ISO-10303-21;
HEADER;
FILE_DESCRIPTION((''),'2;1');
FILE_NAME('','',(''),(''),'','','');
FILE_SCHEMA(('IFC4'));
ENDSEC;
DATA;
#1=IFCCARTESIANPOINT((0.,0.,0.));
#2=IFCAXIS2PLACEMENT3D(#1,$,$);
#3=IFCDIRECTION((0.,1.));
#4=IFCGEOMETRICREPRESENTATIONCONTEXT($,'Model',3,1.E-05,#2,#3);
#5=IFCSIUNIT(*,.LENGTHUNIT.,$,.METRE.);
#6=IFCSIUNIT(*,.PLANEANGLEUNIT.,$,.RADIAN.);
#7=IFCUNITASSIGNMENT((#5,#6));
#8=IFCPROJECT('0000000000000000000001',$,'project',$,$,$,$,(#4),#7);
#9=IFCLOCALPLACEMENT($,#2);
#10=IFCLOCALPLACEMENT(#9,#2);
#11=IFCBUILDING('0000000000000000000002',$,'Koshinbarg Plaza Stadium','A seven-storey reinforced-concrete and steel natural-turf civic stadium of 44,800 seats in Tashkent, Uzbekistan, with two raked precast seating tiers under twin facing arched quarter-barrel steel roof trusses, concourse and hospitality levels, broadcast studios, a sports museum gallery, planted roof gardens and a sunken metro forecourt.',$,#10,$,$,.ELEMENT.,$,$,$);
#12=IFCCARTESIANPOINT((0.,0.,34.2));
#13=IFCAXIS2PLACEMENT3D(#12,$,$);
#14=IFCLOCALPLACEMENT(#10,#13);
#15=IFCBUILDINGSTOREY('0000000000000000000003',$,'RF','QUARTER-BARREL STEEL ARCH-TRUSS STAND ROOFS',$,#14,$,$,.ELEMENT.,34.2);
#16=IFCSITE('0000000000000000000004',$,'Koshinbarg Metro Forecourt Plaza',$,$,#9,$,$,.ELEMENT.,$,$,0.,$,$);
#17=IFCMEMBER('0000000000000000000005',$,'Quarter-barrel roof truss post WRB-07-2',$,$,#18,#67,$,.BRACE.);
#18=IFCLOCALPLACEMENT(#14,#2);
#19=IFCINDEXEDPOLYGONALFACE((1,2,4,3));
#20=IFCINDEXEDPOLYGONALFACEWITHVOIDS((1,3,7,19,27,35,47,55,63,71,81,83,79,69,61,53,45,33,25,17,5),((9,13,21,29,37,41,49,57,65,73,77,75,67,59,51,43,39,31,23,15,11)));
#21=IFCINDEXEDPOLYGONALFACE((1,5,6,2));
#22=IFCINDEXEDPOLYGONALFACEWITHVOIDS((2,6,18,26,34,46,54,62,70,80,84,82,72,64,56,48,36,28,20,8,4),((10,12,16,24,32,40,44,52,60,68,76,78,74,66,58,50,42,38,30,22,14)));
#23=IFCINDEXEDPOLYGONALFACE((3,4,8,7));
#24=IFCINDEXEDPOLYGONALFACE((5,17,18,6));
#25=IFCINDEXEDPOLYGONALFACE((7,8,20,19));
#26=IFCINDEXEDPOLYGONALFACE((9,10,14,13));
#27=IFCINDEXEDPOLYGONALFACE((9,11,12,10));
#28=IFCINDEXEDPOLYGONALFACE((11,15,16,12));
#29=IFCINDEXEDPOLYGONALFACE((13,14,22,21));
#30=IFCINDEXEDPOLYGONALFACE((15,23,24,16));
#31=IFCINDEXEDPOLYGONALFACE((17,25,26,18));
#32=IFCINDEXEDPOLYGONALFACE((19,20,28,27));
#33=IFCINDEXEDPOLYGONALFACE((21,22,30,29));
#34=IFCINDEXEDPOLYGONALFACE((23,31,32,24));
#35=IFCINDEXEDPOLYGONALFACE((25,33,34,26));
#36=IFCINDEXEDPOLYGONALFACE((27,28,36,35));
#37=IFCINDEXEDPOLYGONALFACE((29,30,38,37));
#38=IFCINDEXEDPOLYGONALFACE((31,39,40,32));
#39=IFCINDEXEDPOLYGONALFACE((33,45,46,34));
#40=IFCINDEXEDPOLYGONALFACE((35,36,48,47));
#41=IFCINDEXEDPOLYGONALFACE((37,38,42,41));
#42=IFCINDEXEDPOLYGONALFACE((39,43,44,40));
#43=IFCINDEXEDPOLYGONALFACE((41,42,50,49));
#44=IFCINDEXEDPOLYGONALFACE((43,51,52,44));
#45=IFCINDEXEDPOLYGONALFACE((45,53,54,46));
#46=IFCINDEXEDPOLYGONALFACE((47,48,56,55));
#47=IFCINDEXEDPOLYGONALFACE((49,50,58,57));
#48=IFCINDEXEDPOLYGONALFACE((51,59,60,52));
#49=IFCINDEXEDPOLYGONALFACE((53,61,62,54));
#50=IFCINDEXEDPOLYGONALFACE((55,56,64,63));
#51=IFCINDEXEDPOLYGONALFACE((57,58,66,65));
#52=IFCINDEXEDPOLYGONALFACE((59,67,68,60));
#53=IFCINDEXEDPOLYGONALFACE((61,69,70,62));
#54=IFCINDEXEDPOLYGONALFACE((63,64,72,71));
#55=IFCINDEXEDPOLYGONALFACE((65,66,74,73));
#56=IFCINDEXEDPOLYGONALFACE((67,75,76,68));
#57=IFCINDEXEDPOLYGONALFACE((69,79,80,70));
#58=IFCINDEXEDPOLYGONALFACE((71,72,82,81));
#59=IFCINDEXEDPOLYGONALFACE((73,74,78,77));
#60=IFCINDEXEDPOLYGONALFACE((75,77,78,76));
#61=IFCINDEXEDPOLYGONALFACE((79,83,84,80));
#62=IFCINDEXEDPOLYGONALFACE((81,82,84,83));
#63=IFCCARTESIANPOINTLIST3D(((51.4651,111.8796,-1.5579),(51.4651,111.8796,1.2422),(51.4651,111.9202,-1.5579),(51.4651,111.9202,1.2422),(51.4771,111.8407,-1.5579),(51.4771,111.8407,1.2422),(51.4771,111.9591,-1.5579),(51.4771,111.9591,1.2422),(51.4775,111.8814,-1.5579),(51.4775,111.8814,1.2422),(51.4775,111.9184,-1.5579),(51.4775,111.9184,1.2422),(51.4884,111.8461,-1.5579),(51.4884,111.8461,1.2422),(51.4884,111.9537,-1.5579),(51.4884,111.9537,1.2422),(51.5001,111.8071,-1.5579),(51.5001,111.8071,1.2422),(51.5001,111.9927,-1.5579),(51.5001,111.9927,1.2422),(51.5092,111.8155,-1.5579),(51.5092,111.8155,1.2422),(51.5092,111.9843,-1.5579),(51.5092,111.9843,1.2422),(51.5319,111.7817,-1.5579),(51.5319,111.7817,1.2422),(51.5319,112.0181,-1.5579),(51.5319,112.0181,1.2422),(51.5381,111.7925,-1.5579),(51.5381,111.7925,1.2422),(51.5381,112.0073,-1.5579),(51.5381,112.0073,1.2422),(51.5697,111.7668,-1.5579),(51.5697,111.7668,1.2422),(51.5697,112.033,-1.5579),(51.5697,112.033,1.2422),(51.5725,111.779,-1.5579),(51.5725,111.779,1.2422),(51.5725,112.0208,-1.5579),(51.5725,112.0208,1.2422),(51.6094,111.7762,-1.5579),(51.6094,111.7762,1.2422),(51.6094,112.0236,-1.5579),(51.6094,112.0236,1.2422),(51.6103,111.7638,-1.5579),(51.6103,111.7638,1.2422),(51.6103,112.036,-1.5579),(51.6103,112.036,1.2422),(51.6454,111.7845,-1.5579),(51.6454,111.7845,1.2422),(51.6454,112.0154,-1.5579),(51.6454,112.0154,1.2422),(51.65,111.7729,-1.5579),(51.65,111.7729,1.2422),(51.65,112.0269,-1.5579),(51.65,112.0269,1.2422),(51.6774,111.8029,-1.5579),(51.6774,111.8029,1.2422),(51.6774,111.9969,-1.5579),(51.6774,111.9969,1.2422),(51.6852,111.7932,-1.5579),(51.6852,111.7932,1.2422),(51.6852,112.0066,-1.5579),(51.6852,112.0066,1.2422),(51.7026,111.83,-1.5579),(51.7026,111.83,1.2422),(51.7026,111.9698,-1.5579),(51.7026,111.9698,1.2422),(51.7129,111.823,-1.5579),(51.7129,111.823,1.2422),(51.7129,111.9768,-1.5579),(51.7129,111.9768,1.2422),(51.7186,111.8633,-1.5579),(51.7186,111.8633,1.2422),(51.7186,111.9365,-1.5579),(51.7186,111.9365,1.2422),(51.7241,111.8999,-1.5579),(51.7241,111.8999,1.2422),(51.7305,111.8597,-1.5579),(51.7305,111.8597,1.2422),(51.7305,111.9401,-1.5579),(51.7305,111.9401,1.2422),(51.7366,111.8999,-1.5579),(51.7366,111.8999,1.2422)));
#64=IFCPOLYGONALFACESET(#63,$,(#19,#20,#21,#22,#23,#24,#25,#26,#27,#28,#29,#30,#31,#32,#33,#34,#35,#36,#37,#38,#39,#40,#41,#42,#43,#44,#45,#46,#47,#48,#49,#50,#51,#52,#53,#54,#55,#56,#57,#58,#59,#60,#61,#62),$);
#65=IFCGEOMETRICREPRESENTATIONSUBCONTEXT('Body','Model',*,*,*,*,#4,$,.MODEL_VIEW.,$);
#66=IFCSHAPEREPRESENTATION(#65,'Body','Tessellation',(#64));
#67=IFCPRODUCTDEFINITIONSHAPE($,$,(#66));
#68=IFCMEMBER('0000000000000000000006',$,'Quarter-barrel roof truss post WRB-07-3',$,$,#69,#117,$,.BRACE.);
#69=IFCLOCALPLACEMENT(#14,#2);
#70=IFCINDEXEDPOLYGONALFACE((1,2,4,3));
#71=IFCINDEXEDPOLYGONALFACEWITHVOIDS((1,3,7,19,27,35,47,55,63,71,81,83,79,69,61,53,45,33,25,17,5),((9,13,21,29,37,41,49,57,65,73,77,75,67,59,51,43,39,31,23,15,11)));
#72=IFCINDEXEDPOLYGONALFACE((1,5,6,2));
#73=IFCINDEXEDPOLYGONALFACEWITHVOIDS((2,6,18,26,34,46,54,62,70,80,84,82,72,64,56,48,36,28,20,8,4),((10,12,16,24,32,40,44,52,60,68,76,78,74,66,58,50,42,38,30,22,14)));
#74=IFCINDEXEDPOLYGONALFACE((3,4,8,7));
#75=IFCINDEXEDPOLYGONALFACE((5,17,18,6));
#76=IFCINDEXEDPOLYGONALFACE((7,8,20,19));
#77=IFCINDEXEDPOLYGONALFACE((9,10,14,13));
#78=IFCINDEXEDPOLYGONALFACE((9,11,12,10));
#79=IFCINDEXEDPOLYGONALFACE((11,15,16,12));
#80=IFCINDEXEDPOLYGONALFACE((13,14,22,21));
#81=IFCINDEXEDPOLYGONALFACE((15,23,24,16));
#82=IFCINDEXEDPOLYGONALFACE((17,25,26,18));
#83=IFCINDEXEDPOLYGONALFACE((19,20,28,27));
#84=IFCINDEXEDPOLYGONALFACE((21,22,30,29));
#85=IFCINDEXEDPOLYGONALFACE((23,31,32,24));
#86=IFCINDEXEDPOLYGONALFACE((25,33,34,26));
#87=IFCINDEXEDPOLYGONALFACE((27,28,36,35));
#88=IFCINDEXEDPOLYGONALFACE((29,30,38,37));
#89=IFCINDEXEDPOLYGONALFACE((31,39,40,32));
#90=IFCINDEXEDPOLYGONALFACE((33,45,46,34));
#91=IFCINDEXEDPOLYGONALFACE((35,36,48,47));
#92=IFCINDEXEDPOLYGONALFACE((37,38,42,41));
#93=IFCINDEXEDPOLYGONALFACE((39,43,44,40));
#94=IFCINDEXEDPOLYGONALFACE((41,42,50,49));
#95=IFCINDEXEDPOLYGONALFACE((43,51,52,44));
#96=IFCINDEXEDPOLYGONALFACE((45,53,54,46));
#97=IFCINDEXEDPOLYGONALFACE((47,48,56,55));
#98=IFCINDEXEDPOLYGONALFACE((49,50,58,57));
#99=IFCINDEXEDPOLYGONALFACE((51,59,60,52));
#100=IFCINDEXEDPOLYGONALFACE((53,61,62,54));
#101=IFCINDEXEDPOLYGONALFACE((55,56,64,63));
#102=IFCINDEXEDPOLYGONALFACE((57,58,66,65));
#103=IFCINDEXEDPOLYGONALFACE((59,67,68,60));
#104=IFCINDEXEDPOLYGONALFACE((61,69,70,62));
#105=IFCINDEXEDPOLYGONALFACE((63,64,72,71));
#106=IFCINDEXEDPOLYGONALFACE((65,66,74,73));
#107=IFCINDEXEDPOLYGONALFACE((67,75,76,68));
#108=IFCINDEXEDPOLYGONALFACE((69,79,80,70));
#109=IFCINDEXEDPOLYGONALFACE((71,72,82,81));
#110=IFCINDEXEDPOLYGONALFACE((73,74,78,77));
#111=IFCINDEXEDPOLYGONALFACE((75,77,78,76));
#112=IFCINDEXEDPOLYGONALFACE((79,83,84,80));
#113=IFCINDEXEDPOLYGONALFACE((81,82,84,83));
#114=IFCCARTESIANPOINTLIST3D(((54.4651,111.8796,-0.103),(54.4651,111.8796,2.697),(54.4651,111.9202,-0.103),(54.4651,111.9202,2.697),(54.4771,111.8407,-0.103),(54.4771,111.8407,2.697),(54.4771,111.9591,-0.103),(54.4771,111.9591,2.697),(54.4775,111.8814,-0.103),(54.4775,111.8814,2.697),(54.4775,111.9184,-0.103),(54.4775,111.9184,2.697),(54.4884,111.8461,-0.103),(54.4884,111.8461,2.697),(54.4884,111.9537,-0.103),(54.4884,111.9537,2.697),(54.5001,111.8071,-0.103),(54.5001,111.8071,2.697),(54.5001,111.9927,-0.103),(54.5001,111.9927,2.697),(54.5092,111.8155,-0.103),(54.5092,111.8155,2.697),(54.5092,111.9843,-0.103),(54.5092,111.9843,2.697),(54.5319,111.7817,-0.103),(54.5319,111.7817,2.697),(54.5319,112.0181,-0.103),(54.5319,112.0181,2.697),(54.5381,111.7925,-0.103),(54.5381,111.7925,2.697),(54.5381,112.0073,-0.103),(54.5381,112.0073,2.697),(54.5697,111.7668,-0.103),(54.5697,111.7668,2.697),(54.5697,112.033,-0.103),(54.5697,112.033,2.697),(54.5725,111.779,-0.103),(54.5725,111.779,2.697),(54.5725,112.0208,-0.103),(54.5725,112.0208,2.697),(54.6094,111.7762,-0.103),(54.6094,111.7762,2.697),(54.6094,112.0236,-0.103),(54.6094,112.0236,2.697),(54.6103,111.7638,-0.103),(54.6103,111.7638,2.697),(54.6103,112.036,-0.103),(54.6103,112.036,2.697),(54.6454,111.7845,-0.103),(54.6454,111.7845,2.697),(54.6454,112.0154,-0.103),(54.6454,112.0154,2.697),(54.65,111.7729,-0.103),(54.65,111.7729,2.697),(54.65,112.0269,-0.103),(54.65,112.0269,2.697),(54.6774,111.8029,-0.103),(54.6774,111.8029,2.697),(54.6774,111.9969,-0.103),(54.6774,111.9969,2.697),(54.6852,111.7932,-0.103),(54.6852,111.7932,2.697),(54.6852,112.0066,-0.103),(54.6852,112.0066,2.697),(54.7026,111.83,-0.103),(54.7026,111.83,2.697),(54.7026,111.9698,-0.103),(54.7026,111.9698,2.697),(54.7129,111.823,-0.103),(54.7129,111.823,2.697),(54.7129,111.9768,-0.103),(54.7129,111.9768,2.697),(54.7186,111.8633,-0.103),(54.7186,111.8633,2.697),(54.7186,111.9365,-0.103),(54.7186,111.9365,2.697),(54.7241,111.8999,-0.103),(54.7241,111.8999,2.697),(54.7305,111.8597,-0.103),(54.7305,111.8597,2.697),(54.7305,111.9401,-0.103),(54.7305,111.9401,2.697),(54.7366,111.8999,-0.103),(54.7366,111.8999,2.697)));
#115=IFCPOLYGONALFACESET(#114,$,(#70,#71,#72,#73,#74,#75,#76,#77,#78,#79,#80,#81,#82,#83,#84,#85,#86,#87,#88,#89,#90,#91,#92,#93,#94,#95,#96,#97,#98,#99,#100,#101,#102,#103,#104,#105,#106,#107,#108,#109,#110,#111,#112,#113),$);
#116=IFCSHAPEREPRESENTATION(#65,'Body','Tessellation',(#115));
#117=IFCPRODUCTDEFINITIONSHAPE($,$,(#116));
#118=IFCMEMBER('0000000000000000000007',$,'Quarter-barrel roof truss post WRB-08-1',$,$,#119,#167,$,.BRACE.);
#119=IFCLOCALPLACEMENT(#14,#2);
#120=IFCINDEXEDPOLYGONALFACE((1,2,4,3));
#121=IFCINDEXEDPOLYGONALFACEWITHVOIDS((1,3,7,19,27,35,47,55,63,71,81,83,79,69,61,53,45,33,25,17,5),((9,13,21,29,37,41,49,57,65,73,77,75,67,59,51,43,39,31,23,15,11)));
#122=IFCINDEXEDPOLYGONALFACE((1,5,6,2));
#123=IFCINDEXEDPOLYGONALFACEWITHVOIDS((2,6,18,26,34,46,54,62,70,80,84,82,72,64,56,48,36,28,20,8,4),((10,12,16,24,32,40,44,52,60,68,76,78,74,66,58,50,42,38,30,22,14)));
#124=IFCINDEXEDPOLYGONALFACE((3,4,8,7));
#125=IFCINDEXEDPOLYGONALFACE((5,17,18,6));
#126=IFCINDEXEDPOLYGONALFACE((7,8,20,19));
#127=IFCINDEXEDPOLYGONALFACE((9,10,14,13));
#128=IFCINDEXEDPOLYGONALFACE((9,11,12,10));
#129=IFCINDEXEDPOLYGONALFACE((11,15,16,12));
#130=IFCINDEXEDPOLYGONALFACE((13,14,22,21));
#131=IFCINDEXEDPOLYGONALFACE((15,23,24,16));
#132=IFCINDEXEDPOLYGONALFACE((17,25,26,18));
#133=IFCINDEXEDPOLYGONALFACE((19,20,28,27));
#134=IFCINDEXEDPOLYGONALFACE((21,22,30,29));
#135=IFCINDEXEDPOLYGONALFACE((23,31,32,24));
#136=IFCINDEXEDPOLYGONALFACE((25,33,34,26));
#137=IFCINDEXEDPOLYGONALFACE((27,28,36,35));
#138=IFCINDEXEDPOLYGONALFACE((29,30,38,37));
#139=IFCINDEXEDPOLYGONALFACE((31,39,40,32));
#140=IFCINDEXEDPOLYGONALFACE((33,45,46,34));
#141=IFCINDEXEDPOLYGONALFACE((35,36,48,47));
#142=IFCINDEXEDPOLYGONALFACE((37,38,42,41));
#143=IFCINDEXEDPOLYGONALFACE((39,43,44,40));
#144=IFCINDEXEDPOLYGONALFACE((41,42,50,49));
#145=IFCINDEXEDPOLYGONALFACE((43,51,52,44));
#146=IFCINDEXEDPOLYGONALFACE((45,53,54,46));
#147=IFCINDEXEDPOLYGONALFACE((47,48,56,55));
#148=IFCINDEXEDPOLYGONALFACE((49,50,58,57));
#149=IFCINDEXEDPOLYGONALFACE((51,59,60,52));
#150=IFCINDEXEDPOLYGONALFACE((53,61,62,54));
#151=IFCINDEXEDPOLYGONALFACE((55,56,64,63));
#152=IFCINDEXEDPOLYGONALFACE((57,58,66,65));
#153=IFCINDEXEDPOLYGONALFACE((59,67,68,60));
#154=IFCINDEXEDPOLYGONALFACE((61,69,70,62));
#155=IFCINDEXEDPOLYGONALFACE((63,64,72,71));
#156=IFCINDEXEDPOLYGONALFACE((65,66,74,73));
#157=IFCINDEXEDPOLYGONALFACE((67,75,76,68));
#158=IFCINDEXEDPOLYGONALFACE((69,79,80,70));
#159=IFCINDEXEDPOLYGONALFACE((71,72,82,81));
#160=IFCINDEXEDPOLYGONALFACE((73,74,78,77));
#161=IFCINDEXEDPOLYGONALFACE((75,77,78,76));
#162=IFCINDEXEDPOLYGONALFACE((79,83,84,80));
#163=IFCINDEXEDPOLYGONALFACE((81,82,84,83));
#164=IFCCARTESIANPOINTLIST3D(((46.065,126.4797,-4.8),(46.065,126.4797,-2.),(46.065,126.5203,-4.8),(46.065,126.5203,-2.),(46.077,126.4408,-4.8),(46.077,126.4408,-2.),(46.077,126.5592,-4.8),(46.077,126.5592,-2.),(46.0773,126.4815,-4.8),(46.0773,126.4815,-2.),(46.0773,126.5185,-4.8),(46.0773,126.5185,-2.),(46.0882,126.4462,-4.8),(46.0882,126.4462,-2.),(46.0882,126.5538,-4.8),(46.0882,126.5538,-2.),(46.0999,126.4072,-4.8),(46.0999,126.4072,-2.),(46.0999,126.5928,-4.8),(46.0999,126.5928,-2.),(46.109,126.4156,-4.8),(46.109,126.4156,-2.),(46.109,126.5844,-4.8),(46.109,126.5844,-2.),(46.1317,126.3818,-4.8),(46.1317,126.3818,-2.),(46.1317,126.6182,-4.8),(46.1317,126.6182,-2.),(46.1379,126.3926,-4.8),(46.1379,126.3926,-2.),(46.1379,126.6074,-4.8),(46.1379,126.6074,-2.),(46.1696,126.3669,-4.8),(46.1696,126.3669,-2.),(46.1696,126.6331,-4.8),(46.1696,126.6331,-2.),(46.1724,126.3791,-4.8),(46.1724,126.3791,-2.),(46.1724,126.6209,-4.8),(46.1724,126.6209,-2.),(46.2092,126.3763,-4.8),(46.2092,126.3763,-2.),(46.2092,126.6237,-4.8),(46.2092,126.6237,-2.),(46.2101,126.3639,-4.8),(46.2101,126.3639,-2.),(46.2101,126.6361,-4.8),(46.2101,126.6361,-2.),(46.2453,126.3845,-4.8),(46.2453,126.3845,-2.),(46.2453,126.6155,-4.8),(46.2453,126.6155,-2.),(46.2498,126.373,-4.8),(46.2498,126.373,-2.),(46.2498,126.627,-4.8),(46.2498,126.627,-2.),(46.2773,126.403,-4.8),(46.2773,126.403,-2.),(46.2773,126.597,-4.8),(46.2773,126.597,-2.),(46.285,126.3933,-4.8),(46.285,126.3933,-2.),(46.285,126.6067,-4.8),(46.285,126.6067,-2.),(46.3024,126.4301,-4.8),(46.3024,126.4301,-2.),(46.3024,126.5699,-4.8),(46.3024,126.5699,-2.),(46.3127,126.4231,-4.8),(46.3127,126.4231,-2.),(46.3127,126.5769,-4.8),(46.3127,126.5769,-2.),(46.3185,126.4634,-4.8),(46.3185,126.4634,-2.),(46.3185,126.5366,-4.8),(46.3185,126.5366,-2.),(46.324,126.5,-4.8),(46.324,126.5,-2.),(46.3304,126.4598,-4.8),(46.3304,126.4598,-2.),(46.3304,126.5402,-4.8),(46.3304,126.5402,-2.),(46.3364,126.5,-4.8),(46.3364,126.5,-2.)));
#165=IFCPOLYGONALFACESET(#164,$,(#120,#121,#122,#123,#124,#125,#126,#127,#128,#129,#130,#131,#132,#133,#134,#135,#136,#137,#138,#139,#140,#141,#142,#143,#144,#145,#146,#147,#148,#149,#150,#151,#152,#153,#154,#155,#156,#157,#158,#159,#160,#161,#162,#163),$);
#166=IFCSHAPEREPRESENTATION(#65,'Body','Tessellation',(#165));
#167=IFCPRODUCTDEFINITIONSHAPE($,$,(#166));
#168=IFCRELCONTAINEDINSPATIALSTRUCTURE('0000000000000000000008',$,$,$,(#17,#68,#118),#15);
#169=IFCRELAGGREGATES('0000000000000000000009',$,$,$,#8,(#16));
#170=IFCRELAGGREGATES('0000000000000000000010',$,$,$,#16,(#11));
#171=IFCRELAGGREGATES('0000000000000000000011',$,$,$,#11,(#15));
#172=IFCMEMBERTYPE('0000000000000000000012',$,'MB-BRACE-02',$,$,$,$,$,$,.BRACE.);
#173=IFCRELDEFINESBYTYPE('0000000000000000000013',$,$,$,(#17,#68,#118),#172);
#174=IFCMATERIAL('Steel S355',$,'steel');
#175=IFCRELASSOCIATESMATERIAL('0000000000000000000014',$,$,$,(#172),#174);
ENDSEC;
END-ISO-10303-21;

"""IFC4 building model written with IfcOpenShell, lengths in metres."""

from ifc_helpers import new_model, si_unit, direction, frame, origin, origin_2d, place, context, subcontext, project, spatial, hollow_circle, extrude, material, material_profile, profile_set, type_object, element, save


model = new_model("IFC4")

# Units and contexts
model_context = context("Model", 3, precision=1e-05, world=origin(), true_north=direction((0.0, 1.0)))
body_context = subcontext(model_context, "Body", "Model", "MODEL_VIEW")
ifc_project = project(units=[si_unit("LENGTHUNIT", "METRE"), si_unit("PLANEANGLEUNIT", "RADIAN")], contexts=[model_context])

# Site, building, storey
site_placement = place(None, origin())
site = spatial("IfcSite", under=ifc_project, at=site_placement, Name="Koshinbarg Metro Forecourt Plaza", CompositionType="ELEMENT", RefElevation=0.0)
building_placement = place(site_placement, origin())
building = spatial("IfcBuilding", under=site, at=building_placement, Name="Koshinbarg Plaza Stadium", Description="A seven-storey reinforced-concrete and steel natural-turf civic stadium of 44,800 seats in Tashkent, Uzbekistan, with two raked precast seating tiers under twin facing arched quarter-barrel steel roof trusses, concourse and hospitality levels, broadcast studios, a sports museum gallery, planted roof gardens and a sunken metro forecourt.", CompositionType="ELEMENT")
storey_placement = place(building_placement, frame((0.0, 0.0, 34.2)))
storey = spatial("IfcBuildingStorey", under=building, at=storey_placement, Name="RF", Description="QUARTER-BARREL STEEL ARCH-TRUSS STAND ROOFS", CompositionType="ELEMENT", Elevation=34.2)

# Shared definitions
ifc_material_1 = material(Name="Steel S355", Category="steel")

# Members
ifc_material_profile_1 = material_profile(ifc_material_1, hollow_circle(Radius=0.1365, WallThickness=0.0125, at=origin_2d()), Name="CHS 273x12.5")
ifc_profile_set_1 = profile_set([ifc_material_profile_1], Name="Steel S355")
member_type_1 = type_object("IfcMemberType", Name="MB-BRACE-02", PredefinedType="BRACE", material=ifc_profile_set_1)
for number, where, z_axis, x_axis, name in (
    (1, (51.6001, 111.8999, -1.5579), (0.0, 0.0, 1.0), (1.0, 0.0, 0.0), "Quarter-barrel roof truss post WRB-07-2"),
    (2, (54.6001, 111.8999, -0.103), (0.0, 0.0, 1.0), (1.0, 0.0, 0.0), "Quarter-barrel roof truss post WRB-07-3"),
    (3, (46.2, 126.5, -4.8), (0.0, 0.0, 1.0), (1.0, 0.0, 0.0), "Quarter-barrel roof truss post WRB-08-1"),
):
    element("IfcMember", number, at=place(storey_placement, frame(where, z_axis=z_axis, x_axis=x_axis)), inside=storey, type_object=member_type_1, Name=name, PredefinedType="BRACE", context=body_context, shape_type="SweptSolid", body=[
        extrude(hollow_circle(Radius=0.1365, WallThickness=0.0125, at=origin_2d()), origin(), (0.0, 0.0, 1.0), 2.8),
    ])

save(model, "model.ifc")
